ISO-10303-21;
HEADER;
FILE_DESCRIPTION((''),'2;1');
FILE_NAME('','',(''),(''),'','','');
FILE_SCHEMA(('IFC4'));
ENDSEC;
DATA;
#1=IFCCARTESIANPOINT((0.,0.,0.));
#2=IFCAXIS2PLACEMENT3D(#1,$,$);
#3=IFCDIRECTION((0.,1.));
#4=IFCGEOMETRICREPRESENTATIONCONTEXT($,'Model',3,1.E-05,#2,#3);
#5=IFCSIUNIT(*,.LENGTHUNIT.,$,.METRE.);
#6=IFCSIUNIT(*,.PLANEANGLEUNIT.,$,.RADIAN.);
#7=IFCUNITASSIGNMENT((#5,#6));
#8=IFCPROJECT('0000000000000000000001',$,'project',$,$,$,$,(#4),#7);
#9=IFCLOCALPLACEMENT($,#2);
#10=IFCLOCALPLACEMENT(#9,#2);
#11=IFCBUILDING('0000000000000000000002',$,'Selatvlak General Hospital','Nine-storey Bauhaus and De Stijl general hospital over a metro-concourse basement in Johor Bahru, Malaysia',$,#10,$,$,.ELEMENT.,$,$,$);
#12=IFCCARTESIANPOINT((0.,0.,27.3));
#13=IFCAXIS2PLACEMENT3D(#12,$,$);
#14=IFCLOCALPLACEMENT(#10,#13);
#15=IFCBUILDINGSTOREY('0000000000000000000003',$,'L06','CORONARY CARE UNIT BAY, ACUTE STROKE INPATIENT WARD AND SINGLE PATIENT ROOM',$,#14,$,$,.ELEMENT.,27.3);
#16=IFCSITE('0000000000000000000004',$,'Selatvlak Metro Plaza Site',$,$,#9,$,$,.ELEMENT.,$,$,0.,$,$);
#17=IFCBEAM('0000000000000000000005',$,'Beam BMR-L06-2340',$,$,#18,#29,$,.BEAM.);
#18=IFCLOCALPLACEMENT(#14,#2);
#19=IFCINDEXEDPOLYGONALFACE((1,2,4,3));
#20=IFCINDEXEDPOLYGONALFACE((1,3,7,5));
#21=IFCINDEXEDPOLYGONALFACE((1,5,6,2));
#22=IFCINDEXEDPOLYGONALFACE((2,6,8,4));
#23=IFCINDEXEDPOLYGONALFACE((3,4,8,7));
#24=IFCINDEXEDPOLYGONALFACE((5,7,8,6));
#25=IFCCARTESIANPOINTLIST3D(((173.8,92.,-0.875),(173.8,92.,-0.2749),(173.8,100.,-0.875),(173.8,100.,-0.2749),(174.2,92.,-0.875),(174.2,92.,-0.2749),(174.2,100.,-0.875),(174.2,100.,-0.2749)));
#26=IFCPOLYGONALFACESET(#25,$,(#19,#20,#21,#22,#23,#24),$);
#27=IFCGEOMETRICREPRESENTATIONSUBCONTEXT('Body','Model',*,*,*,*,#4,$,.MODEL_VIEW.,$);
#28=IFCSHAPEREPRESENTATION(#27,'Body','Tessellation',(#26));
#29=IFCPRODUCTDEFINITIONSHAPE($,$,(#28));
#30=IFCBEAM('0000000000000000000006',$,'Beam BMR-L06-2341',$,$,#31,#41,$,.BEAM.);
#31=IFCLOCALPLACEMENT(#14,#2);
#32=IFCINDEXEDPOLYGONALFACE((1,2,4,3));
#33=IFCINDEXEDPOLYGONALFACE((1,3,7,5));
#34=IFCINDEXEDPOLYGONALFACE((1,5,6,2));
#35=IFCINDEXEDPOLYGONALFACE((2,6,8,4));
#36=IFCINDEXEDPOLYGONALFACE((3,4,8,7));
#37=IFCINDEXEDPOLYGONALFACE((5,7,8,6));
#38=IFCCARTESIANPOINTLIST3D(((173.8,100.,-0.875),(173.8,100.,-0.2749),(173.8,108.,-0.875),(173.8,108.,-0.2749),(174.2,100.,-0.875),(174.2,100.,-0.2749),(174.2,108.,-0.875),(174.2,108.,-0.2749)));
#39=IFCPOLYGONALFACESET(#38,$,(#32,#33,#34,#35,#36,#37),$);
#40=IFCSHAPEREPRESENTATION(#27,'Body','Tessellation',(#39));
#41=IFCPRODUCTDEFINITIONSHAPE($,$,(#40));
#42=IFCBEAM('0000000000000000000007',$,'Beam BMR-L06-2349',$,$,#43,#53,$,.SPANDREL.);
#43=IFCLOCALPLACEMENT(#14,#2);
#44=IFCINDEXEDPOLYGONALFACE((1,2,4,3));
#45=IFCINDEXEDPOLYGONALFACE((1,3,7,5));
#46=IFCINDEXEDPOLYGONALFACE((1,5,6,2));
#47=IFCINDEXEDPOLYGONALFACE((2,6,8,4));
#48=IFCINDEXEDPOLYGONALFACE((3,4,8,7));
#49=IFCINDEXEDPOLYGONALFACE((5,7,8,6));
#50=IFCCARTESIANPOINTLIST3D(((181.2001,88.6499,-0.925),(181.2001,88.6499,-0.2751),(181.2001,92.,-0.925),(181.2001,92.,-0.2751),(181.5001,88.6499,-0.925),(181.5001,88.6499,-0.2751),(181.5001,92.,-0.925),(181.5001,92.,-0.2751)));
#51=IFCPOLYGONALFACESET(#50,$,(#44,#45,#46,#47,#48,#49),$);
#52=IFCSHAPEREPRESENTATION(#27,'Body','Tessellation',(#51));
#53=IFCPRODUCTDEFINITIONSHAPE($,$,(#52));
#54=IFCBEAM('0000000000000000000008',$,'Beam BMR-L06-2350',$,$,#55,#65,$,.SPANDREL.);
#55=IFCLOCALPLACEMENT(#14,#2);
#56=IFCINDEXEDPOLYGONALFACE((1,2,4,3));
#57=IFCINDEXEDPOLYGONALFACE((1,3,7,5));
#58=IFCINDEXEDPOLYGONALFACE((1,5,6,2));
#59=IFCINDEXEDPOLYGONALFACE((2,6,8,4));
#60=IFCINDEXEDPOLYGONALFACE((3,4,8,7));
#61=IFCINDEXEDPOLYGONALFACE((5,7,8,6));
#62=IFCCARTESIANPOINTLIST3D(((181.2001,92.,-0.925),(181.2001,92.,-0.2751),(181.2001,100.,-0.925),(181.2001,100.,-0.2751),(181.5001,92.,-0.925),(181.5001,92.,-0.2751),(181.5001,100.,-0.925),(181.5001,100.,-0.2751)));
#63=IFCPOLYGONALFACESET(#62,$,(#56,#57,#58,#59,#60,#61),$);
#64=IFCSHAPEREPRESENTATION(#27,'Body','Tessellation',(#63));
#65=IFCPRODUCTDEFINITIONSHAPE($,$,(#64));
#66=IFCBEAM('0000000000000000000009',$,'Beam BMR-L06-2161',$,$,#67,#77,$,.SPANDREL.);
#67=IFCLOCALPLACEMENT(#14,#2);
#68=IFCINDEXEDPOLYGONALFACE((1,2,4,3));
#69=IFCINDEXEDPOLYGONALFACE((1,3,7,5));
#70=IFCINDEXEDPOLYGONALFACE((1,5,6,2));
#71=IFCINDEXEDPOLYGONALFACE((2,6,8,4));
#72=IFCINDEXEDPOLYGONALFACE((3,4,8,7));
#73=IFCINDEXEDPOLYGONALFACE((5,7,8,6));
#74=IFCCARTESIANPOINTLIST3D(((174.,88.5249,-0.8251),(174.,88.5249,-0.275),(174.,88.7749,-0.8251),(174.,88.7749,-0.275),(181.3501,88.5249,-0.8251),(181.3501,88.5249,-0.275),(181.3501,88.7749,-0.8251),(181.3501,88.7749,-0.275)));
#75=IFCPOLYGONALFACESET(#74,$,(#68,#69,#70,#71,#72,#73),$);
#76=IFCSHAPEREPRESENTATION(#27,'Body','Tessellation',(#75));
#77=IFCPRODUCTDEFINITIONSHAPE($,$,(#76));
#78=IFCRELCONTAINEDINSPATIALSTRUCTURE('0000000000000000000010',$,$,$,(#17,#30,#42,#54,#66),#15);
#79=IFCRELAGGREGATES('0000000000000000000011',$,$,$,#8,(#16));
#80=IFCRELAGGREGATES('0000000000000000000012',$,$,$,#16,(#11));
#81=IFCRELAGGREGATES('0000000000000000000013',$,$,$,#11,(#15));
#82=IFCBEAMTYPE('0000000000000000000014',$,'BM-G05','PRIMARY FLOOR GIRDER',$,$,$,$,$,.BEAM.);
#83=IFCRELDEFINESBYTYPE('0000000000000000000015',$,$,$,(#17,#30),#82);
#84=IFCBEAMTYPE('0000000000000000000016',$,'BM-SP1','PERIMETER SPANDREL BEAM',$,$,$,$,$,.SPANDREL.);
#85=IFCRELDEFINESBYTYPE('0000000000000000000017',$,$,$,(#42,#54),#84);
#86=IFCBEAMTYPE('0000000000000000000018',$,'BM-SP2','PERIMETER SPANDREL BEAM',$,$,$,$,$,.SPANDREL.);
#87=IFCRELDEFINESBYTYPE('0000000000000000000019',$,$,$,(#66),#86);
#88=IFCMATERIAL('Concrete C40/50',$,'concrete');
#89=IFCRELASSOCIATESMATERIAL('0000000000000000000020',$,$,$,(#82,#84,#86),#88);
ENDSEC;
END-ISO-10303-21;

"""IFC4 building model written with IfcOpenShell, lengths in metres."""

from ifc_helpers import new_model, si_unit, direction, frame, origin, origin_2d, place, context, subcontext, project, spatial, rectangle, extrude, material, material_profile, profile_set, type_object, element, save


model = new_model("IFC4")

# Units and contexts
model_context = context("Model", 3, precision=1e-05, world=origin(), true_north=direction((0.0, 1.0)))
body_context = subcontext(model_context, "Body", "Model", "MODEL_VIEW")
ifc_project = project(units=[si_unit("LENGTHUNIT", "METRE"), si_unit("PLANEANGLEUNIT", "RADIAN")], contexts=[model_context])

# Site, building, storey
site_placement = place(None, origin())
site = spatial("IfcSite", under=ifc_project, at=site_placement, Name="Selatvlak Metro Plaza Site", CompositionType="ELEMENT", RefElevation=0.0)
building_placement = place(site_placement, origin())
building = spatial("IfcBuilding", under=site, at=building_placement, Name="Selatvlak General Hospital", Description="Nine-storey Bauhaus and De Stijl general hospital over a metro-concourse basement in Johor Bahru, Malaysia", CompositionType="ELEMENT")
storey_placement = place(building_placement, frame((0.0, 0.0, 27.3)))
storey = spatial("IfcBuildingStorey", under=building, at=storey_placement, Name="L06", Description="CORONARY CARE UNIT BAY, ACUTE STROKE INPATIENT WARD AND SINGLE PATIENT ROOM", CompositionType="ELEMENT", Elevation=27.3)

# Shared definitions
ifc_material = material(Name="Concrete C40/50", Category="concrete")

# Beams
ifc_material_profile_1 = material_profile(ifc_material, rectangle(XDim=0.3999, YDim=0.6001, at=origin_2d()), Name="RC-BM 400x600")
ifc_profile_set_1 = profile_set([ifc_material_profile_1], Name="Concrete C40/50")
beam_type_1 = type_object("IfcBeamType", Name="BM-G05", Description="PRIMARY FLOOR GIRDER", PredefinedType="BEAM", material=ifc_profile_set_1)
for number, where, z_axis, x_axis, name in (
    (1, (174.0, 92.0, -0.575), (0.0, 1.0, 0.0), (-1.0, 0.0, 0.0), "Beam BMR-L06-2340"),
    (2, (174.0, 100.0, -0.575), (0.0, 1.0, 0.0), (-1.0, 0.0, 0.0), "Beam BMR-L06-2341"),
):
    element("IfcBeam", number, at=place(storey_placement, frame(where, z_axis=z_axis, x_axis=x_axis)), inside=storey, type_object=beam_type_1, Name=name, PredefinedType="BEAM", context=body_context, shape_type="SweptSolid", body=[
        extrude(rectangle(XDim=0.3999, YDim=0.6001, at=origin_2d()), origin(), (0.0, 0.0, 1.0), 8.0),
    ])
ifc_material_profile_2 = material_profile(ifc_material, rectangle(XDim=0.3, YDim=0.6499, at=origin_2d()), Name="RC-SP 300x650")
ifc_profile_set_2 = profile_set([ifc_material_profile_2], Name="Concrete C40/50")
beam_type_2 = type_object("IfcBeamType", Name="BM-SP1", Description="PERIMETER SPANDREL BEAM", PredefinedType="SPANDREL", material=ifc_profile_set_2)
beam_1_placement = place(storey_placement, frame((181.3501, 88.6499, -0.6001), z_axis=(0.0, 1.0, 0.0), x_axis=(-1.0, 0.0, 0.0)))
element("IfcBeam", 3, at=beam_1_placement, inside=storey, type_object=beam_type_2, Name="Beam BMR-L06-2349", PredefinedType="SPANDREL", context=body_context, shape_type="SweptSolid", body=[
    extrude(rectangle(XDim=0.3, YDim=0.6499, at=origin_2d()), origin(), (0.0, 0.0, 1.0), 3.3501),
])
beam_2_placement = place(storey_placement, frame((181.3501, 92.0, -0.6001), z_axis=(0.0, 1.0, 0.0), x_axis=(-1.0, 0.0, 0.0)))
element("IfcBeam", 4, at=beam_2_placement, inside=storey, type_object=beam_type_2, Name="Beam BMR-L06-2350", PredefinedType="SPANDREL", context=body_context, shape_type="SweptSolid", body=[
    extrude(rectangle(XDim=0.3, YDim=0.6499, at=origin_2d()), origin(), (0.0, 0.0, 1.0), 8.0),
])
ifc_material_profile_3 = material_profile(ifc_material, rectangle(XDim=0.25, YDim=0.55, at=origin_2d()), Name="RC-SP 250x550")
ifc_profile_set_3 = profile_set([ifc_material_profile_3], Name="Concrete C40/50")
beam_type_3 = type_object("IfcBeamType", Name="BM-SP2", Description="PERIMETER SPANDREL BEAM", PredefinedType="SPANDREL", material=ifc_profile_set_3)
beam_3_placement = place(storey_placement, frame((174.0, 88.6499, -0.55), z_axis=(1.0, 0.0, 0.0), x_axis=(0.0, 1.0, 0.0)))
element("IfcBeam", 5, at=beam_3_placement, inside=storey, type_object=beam_type_3, Name="Beam BMR-L06-2161", PredefinedType="SPANDREL", context=body_context, shape_type="SweptSolid", body=[
    extrude(rectangle(XDim=0.25, YDim=0.55, at=origin_2d()), origin(), (0.0, 0.0, 1.0), 7.3501),
])

save(model, "model.ifc")
